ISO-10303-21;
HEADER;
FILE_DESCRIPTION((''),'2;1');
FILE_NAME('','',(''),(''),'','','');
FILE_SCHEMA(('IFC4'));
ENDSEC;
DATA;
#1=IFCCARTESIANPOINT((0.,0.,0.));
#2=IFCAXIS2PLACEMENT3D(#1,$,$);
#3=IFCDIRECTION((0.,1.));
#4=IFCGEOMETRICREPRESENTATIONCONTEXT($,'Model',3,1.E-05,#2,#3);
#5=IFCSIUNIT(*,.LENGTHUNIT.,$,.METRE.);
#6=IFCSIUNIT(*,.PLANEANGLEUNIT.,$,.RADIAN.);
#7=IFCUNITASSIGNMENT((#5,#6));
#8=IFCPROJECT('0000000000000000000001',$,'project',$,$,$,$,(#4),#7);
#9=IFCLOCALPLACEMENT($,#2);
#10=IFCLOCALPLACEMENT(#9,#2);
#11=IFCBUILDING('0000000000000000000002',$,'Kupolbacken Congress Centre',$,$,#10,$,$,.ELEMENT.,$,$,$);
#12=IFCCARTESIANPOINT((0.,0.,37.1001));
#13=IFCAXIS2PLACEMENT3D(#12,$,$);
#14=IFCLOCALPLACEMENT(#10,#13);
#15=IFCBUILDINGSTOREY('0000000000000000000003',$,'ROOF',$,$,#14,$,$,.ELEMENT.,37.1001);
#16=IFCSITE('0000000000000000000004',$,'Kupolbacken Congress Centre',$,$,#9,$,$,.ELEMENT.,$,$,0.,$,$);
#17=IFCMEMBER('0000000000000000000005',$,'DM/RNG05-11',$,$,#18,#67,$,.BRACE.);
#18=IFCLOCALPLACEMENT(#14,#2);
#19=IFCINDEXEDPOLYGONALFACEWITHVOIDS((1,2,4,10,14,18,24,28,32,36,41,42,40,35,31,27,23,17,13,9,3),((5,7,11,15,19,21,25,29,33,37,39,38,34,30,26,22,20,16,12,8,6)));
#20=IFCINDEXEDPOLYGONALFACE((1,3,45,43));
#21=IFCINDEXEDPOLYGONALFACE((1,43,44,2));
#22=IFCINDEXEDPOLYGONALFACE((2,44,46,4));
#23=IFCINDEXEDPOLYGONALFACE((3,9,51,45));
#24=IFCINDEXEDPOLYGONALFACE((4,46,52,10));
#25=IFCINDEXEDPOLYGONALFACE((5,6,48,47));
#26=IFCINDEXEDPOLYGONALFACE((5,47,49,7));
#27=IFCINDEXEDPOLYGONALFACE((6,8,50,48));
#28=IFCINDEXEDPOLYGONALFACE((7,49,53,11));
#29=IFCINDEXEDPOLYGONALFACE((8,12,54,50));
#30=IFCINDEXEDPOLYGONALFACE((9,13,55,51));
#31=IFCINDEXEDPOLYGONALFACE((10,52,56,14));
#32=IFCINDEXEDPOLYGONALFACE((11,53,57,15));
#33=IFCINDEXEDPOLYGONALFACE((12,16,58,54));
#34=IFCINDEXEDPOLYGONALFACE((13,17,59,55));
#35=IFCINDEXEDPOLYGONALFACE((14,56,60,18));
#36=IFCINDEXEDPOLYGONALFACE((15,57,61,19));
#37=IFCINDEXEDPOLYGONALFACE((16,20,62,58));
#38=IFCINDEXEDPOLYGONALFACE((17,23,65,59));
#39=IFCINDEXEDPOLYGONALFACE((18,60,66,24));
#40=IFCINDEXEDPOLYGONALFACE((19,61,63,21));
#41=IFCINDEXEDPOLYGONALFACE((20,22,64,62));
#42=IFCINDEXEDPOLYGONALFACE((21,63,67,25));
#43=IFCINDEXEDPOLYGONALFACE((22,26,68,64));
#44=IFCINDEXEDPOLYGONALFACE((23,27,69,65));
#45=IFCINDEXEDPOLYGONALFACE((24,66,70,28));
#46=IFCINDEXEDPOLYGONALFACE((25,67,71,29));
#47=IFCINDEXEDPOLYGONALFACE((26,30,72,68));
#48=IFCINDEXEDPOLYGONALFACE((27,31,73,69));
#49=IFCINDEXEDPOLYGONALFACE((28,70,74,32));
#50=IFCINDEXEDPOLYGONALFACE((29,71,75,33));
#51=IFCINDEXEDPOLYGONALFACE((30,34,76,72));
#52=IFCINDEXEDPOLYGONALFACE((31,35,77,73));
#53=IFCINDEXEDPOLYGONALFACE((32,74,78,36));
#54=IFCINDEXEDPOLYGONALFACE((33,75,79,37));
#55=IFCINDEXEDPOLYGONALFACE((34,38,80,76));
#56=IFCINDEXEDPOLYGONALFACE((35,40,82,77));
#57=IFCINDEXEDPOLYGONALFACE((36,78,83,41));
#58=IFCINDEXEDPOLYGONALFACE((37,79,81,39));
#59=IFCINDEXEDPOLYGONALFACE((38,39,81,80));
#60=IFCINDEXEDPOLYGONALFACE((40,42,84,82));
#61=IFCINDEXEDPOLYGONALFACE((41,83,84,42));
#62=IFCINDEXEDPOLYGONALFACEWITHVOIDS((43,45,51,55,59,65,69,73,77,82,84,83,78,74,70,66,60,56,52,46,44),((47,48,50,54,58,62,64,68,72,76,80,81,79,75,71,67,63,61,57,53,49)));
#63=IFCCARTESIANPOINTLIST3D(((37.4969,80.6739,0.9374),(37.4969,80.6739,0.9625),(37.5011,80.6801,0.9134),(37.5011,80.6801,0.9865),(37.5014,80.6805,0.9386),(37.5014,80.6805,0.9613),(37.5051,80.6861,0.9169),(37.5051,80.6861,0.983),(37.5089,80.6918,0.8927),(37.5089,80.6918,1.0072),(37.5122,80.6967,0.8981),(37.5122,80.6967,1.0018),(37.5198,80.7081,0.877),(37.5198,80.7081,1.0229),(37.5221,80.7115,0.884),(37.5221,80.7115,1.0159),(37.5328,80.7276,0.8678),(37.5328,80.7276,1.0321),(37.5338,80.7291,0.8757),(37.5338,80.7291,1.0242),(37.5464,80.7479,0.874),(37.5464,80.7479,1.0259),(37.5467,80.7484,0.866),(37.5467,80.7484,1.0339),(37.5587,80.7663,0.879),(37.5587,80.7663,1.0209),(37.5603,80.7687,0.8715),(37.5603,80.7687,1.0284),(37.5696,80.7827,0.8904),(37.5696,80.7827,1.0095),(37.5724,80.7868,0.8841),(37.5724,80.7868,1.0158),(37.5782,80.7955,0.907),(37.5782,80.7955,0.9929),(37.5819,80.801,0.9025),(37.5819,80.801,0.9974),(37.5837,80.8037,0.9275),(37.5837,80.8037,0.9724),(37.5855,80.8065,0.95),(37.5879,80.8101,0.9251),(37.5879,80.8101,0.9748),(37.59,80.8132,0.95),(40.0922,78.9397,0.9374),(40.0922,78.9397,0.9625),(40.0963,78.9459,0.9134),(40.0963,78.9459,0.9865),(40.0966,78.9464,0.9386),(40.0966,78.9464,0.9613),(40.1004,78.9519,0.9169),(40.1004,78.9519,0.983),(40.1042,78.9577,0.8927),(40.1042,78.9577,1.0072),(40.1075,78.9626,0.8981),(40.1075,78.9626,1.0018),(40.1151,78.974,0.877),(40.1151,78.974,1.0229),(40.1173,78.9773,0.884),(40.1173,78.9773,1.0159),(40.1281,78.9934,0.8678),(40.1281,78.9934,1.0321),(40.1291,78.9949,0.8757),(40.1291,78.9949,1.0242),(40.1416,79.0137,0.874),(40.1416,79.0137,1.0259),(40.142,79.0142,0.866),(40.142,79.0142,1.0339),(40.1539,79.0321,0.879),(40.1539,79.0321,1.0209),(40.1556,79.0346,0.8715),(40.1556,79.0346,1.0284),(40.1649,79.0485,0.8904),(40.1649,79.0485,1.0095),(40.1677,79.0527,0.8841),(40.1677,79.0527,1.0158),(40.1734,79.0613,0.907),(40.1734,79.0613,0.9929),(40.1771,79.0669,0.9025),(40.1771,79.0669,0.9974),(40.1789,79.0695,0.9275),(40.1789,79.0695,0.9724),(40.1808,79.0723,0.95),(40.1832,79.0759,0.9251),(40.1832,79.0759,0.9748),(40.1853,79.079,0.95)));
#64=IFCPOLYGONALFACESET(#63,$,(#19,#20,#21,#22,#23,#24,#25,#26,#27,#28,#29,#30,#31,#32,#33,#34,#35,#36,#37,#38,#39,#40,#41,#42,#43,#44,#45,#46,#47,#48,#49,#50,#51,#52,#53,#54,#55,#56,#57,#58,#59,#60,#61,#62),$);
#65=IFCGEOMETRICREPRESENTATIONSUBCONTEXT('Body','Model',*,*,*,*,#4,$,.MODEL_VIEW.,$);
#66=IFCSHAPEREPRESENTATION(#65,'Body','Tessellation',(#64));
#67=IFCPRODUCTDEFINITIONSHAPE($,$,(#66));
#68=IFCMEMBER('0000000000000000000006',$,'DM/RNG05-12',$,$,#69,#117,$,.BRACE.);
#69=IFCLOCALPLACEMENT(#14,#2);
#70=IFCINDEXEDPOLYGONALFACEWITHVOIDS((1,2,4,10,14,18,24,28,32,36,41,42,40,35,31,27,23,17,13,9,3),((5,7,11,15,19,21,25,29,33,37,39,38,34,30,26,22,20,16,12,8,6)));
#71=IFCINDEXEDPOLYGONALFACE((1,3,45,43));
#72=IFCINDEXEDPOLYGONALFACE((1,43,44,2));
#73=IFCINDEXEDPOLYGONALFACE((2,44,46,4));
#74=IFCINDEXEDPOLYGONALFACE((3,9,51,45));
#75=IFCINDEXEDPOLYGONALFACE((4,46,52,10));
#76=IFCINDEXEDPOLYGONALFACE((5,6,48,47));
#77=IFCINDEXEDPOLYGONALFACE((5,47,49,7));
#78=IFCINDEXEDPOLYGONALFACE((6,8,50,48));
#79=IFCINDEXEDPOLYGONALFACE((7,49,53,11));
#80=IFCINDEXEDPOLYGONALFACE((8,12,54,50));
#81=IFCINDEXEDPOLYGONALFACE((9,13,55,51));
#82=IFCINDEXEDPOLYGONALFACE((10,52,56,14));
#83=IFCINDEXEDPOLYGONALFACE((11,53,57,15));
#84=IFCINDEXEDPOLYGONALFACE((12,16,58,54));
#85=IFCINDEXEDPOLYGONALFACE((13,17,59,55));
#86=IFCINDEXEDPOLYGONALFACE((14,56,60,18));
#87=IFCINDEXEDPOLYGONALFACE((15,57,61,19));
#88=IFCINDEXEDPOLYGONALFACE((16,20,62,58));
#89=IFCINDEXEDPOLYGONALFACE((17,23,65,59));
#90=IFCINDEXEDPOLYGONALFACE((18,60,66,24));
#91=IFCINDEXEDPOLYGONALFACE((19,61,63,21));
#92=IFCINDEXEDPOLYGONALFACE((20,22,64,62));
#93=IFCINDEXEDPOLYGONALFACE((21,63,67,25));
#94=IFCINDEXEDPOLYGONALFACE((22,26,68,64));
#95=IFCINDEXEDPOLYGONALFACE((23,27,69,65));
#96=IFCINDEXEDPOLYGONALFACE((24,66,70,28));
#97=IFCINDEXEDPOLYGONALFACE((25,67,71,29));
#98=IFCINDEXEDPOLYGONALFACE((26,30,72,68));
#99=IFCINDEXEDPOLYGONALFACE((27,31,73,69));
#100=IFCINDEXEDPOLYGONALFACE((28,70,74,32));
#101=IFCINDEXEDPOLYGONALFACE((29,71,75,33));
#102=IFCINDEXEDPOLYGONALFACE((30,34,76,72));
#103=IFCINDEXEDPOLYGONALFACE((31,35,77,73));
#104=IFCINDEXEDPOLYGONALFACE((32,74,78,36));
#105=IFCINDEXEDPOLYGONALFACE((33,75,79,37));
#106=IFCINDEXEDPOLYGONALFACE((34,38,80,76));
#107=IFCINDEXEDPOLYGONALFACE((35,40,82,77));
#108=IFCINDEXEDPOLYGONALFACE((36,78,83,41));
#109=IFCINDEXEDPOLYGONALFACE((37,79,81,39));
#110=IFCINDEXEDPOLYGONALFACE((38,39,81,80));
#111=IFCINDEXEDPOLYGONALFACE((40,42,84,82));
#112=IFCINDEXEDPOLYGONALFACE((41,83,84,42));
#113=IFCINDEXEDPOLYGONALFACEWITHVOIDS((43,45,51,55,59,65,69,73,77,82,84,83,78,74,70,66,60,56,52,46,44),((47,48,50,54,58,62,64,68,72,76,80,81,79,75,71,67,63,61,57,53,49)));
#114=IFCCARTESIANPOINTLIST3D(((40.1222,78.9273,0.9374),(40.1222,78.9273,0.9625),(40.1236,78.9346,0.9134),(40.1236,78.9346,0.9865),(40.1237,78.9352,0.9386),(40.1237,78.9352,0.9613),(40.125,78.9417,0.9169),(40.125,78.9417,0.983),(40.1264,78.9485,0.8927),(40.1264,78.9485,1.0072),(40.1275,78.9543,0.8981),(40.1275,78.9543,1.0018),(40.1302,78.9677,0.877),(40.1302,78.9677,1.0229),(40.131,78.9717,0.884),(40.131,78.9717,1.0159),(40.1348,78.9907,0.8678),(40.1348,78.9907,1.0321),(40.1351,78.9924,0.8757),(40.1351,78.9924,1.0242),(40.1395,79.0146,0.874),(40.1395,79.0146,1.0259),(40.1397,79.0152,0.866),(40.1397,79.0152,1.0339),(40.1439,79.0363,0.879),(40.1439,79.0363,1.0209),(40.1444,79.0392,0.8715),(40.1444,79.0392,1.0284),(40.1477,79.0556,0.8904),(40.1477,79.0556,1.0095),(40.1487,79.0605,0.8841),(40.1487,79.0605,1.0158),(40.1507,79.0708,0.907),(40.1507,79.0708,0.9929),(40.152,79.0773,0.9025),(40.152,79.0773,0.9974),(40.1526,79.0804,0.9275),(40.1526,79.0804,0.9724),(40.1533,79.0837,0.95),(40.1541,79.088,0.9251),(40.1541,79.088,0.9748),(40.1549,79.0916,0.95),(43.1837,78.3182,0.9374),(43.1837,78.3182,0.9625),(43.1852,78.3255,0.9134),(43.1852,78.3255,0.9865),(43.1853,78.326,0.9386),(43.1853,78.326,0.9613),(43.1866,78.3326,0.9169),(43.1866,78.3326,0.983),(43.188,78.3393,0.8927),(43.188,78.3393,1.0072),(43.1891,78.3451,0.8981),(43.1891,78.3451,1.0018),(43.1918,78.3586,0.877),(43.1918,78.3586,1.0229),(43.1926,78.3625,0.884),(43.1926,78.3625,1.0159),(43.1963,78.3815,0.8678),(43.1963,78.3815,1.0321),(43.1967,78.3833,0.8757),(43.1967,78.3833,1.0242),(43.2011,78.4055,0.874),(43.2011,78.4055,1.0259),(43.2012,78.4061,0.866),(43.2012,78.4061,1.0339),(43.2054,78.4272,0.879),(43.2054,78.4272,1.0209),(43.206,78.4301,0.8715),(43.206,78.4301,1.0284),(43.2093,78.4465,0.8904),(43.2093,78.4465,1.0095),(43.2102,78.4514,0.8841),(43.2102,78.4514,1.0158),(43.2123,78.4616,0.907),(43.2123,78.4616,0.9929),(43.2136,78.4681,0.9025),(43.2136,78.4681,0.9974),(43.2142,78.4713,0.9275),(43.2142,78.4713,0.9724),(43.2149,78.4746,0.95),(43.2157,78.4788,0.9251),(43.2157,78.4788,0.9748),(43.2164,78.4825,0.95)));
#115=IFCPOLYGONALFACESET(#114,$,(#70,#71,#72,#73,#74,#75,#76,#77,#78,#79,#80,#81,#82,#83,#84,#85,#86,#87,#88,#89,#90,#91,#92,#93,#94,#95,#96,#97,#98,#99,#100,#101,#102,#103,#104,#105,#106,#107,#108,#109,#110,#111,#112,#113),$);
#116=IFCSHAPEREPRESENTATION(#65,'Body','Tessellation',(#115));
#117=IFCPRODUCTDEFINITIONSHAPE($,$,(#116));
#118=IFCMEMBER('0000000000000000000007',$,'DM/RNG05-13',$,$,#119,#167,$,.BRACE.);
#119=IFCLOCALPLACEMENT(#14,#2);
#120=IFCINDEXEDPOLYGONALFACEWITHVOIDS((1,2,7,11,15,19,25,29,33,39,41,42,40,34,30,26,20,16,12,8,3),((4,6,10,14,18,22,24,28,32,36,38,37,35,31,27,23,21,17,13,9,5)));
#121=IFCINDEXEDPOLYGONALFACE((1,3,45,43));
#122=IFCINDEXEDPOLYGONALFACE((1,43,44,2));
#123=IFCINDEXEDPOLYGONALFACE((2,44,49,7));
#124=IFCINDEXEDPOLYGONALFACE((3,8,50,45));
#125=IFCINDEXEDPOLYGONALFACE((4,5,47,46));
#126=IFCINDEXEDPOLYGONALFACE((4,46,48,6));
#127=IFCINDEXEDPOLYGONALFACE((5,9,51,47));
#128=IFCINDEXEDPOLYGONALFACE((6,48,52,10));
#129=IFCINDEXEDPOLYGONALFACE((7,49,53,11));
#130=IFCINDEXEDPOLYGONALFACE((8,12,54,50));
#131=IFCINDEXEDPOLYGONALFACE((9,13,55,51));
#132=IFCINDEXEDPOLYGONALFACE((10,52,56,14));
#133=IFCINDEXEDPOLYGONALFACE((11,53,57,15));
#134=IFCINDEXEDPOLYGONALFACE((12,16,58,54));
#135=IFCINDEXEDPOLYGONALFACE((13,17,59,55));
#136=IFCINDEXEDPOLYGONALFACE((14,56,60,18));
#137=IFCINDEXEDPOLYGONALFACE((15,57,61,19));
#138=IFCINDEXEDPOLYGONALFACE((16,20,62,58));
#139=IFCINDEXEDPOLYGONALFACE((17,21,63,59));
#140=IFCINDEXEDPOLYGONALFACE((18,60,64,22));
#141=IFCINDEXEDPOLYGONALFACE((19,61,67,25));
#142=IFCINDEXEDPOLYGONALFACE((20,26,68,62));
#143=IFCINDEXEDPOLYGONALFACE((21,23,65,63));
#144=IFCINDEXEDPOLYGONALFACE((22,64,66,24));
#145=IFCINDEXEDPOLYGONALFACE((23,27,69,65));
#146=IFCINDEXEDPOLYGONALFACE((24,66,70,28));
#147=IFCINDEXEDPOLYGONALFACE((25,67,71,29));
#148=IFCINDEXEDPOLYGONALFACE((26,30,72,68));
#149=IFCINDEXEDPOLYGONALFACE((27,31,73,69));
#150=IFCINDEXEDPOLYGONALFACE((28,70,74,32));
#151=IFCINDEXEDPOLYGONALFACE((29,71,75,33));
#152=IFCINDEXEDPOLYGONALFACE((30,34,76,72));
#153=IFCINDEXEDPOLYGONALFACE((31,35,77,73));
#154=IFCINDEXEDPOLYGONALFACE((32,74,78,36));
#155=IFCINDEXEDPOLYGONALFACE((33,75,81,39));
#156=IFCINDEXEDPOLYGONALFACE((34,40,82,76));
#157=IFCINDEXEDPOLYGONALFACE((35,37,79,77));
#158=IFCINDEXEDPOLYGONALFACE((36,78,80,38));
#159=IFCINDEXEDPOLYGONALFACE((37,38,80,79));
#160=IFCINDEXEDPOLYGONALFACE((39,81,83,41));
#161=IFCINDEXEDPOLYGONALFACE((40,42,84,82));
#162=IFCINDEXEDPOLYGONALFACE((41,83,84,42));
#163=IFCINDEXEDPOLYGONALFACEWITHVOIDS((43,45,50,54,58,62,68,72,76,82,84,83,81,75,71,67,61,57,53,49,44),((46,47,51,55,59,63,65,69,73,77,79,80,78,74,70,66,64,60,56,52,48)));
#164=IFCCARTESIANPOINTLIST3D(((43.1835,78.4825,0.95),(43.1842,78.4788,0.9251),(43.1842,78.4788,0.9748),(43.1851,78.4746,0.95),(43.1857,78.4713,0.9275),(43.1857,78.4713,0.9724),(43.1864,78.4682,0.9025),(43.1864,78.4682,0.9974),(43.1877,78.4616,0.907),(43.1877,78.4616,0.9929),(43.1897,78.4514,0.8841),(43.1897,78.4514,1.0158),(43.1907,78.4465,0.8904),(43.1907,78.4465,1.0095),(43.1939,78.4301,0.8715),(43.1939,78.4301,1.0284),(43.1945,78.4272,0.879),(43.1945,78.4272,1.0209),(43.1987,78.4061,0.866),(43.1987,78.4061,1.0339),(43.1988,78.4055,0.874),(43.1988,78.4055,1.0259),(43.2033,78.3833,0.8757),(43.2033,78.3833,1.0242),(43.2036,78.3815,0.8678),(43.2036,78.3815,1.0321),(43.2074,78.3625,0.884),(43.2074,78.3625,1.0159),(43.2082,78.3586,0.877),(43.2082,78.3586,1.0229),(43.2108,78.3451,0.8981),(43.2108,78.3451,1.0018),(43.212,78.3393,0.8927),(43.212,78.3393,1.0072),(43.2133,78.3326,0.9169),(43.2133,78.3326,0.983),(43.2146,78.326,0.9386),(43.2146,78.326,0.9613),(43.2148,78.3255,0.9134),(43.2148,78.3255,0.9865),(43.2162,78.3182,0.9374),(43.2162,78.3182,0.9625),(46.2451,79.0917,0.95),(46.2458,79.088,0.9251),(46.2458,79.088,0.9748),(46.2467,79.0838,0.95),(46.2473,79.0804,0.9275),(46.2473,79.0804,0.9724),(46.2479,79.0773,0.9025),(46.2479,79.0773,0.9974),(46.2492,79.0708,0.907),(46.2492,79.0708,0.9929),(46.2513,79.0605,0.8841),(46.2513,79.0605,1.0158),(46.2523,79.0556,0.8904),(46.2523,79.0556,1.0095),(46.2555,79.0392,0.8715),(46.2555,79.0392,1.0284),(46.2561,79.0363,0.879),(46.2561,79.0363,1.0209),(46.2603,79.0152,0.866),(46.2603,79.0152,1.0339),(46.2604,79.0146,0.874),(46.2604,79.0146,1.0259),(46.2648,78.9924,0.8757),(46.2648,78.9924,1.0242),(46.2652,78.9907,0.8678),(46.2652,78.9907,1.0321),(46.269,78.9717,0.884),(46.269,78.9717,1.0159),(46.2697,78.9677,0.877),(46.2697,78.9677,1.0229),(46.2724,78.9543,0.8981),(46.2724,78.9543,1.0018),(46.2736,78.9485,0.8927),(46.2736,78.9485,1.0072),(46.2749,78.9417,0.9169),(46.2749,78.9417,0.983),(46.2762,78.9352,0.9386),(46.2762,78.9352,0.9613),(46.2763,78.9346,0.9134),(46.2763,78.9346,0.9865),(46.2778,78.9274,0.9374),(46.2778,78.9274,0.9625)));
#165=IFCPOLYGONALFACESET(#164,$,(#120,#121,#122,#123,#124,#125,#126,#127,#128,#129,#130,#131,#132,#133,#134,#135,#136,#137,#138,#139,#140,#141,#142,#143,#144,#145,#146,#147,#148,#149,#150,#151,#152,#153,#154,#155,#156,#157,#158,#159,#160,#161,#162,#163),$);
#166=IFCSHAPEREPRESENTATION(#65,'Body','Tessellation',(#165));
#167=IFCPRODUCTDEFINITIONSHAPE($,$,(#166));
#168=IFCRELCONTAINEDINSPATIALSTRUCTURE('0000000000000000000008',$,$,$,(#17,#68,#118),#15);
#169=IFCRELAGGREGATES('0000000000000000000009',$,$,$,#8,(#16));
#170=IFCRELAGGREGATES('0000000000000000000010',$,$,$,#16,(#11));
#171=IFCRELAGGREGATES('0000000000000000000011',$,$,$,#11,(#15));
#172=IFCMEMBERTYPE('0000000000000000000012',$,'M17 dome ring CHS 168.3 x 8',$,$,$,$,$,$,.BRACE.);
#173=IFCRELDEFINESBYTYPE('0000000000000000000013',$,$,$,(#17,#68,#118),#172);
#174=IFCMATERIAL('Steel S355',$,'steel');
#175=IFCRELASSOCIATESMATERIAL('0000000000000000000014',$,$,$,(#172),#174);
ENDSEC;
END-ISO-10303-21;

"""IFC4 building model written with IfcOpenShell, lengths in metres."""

from ifc_helpers import new_model, si_unit, direction, frame, origin, origin_2d, place, context, subcontext, project, spatial, hollow_circle, extrude, material, material_profile, profile_set, type_object, element, save


model = new_model("IFC4")

# Units and contexts
model_context = context("Model", 3, precision=1e-05, world=origin(), true_north=direction((0.0, 1.0)))
body_context = subcontext(model_context, "Body", "Model", "MODEL_VIEW")
ifc_project = project(units=[si_unit("LENGTHUNIT", "METRE"), si_unit("PLANEANGLEUNIT", "RADIAN")], contexts=[model_context])

# Site, building, storey
site_placement = place(None, origin())
site = spatial("IfcSite", under=ifc_project, at=site_placement, Name="Kupolbacken Congress Centre", CompositionType="ELEMENT", RefElevation=0.0)
building_placement = place(site_placement, origin())
building = spatial("IfcBuilding", under=site, at=building_placement, Name="Kupolbacken Congress Centre", CompositionType="ELEMENT")
storey_placement = place(building_placement, frame((0.0, 0.0, 37.1001)))
storey = spatial("IfcBuildingStorey", under=building, at=storey_placement, Name="ROOF", CompositionType="ELEMENT", Elevation=37.1001)

# Members
ifc_material_1 = material(Name="Steel S355", Category="steel")
ifc_material_profile_1 = material_profile(ifc_material_1, hollow_circle(Radius=0.0842, WallThickness=0.0081, at=origin_2d()), Name="CHS 168.3 x 8")
ifc_profile_set_1 = profile_set([ifc_material_profile_1], Name="Steel S355")
member_type_1 = type_object("IfcMemberType", Name="M17 dome ring CHS 168.3 x 8", PredefinedType="BRACE", material=ifc_profile_set_1)
member_1_placement = place(storey_placement, frame((37.5432, 80.7432, 0.95), z_axis=(0.83146, -0.555584, 0.0), x_axis=(0.555584, 0.83146, 0.0)))
element("IfcMember", 1, at=member_1_placement, inside=storey, type_object=member_type_1, Name="DM/RNG05-11", PredefinedType="BRACE", context=body_context, shape_type="SweptSolid", body=[
    extrude(hollow_circle(Radius=0.0842, WallThickness=0.0081, at=origin_2d()), origin(), (0.0, 0.0, 1.0), 3.1213),
])
for number, where, z_axis, x_axis, name in (
    (2, (40.1384, 79.009, 0.95), (0.980776, -0.195138, 0.0), (0.195138, 0.980776, 0.0), "DM/RNG05-12"),
    (3, (43.2, 78.3999, 0.95), (0.980776, 0.195138, 0.0), (-0.195138, 0.980776, 0.0), "DM/RNG05-13"),
):
    element("IfcMember", number, at=place(storey_placement, frame(where, z_axis=z_axis, x_axis=x_axis)), inside=storey, type_object=member_type_1, Name=name, PredefinedType="BRACE", context=body_context, shape_type="SweptSolid", body=[
        extrude(hollow_circle(Radius=0.0842, WallThickness=0.0081, at=origin_2d()), origin(), (0.0, 0.0, 1.0), 3.1216),
    ])

save(model, "model.ifc")
